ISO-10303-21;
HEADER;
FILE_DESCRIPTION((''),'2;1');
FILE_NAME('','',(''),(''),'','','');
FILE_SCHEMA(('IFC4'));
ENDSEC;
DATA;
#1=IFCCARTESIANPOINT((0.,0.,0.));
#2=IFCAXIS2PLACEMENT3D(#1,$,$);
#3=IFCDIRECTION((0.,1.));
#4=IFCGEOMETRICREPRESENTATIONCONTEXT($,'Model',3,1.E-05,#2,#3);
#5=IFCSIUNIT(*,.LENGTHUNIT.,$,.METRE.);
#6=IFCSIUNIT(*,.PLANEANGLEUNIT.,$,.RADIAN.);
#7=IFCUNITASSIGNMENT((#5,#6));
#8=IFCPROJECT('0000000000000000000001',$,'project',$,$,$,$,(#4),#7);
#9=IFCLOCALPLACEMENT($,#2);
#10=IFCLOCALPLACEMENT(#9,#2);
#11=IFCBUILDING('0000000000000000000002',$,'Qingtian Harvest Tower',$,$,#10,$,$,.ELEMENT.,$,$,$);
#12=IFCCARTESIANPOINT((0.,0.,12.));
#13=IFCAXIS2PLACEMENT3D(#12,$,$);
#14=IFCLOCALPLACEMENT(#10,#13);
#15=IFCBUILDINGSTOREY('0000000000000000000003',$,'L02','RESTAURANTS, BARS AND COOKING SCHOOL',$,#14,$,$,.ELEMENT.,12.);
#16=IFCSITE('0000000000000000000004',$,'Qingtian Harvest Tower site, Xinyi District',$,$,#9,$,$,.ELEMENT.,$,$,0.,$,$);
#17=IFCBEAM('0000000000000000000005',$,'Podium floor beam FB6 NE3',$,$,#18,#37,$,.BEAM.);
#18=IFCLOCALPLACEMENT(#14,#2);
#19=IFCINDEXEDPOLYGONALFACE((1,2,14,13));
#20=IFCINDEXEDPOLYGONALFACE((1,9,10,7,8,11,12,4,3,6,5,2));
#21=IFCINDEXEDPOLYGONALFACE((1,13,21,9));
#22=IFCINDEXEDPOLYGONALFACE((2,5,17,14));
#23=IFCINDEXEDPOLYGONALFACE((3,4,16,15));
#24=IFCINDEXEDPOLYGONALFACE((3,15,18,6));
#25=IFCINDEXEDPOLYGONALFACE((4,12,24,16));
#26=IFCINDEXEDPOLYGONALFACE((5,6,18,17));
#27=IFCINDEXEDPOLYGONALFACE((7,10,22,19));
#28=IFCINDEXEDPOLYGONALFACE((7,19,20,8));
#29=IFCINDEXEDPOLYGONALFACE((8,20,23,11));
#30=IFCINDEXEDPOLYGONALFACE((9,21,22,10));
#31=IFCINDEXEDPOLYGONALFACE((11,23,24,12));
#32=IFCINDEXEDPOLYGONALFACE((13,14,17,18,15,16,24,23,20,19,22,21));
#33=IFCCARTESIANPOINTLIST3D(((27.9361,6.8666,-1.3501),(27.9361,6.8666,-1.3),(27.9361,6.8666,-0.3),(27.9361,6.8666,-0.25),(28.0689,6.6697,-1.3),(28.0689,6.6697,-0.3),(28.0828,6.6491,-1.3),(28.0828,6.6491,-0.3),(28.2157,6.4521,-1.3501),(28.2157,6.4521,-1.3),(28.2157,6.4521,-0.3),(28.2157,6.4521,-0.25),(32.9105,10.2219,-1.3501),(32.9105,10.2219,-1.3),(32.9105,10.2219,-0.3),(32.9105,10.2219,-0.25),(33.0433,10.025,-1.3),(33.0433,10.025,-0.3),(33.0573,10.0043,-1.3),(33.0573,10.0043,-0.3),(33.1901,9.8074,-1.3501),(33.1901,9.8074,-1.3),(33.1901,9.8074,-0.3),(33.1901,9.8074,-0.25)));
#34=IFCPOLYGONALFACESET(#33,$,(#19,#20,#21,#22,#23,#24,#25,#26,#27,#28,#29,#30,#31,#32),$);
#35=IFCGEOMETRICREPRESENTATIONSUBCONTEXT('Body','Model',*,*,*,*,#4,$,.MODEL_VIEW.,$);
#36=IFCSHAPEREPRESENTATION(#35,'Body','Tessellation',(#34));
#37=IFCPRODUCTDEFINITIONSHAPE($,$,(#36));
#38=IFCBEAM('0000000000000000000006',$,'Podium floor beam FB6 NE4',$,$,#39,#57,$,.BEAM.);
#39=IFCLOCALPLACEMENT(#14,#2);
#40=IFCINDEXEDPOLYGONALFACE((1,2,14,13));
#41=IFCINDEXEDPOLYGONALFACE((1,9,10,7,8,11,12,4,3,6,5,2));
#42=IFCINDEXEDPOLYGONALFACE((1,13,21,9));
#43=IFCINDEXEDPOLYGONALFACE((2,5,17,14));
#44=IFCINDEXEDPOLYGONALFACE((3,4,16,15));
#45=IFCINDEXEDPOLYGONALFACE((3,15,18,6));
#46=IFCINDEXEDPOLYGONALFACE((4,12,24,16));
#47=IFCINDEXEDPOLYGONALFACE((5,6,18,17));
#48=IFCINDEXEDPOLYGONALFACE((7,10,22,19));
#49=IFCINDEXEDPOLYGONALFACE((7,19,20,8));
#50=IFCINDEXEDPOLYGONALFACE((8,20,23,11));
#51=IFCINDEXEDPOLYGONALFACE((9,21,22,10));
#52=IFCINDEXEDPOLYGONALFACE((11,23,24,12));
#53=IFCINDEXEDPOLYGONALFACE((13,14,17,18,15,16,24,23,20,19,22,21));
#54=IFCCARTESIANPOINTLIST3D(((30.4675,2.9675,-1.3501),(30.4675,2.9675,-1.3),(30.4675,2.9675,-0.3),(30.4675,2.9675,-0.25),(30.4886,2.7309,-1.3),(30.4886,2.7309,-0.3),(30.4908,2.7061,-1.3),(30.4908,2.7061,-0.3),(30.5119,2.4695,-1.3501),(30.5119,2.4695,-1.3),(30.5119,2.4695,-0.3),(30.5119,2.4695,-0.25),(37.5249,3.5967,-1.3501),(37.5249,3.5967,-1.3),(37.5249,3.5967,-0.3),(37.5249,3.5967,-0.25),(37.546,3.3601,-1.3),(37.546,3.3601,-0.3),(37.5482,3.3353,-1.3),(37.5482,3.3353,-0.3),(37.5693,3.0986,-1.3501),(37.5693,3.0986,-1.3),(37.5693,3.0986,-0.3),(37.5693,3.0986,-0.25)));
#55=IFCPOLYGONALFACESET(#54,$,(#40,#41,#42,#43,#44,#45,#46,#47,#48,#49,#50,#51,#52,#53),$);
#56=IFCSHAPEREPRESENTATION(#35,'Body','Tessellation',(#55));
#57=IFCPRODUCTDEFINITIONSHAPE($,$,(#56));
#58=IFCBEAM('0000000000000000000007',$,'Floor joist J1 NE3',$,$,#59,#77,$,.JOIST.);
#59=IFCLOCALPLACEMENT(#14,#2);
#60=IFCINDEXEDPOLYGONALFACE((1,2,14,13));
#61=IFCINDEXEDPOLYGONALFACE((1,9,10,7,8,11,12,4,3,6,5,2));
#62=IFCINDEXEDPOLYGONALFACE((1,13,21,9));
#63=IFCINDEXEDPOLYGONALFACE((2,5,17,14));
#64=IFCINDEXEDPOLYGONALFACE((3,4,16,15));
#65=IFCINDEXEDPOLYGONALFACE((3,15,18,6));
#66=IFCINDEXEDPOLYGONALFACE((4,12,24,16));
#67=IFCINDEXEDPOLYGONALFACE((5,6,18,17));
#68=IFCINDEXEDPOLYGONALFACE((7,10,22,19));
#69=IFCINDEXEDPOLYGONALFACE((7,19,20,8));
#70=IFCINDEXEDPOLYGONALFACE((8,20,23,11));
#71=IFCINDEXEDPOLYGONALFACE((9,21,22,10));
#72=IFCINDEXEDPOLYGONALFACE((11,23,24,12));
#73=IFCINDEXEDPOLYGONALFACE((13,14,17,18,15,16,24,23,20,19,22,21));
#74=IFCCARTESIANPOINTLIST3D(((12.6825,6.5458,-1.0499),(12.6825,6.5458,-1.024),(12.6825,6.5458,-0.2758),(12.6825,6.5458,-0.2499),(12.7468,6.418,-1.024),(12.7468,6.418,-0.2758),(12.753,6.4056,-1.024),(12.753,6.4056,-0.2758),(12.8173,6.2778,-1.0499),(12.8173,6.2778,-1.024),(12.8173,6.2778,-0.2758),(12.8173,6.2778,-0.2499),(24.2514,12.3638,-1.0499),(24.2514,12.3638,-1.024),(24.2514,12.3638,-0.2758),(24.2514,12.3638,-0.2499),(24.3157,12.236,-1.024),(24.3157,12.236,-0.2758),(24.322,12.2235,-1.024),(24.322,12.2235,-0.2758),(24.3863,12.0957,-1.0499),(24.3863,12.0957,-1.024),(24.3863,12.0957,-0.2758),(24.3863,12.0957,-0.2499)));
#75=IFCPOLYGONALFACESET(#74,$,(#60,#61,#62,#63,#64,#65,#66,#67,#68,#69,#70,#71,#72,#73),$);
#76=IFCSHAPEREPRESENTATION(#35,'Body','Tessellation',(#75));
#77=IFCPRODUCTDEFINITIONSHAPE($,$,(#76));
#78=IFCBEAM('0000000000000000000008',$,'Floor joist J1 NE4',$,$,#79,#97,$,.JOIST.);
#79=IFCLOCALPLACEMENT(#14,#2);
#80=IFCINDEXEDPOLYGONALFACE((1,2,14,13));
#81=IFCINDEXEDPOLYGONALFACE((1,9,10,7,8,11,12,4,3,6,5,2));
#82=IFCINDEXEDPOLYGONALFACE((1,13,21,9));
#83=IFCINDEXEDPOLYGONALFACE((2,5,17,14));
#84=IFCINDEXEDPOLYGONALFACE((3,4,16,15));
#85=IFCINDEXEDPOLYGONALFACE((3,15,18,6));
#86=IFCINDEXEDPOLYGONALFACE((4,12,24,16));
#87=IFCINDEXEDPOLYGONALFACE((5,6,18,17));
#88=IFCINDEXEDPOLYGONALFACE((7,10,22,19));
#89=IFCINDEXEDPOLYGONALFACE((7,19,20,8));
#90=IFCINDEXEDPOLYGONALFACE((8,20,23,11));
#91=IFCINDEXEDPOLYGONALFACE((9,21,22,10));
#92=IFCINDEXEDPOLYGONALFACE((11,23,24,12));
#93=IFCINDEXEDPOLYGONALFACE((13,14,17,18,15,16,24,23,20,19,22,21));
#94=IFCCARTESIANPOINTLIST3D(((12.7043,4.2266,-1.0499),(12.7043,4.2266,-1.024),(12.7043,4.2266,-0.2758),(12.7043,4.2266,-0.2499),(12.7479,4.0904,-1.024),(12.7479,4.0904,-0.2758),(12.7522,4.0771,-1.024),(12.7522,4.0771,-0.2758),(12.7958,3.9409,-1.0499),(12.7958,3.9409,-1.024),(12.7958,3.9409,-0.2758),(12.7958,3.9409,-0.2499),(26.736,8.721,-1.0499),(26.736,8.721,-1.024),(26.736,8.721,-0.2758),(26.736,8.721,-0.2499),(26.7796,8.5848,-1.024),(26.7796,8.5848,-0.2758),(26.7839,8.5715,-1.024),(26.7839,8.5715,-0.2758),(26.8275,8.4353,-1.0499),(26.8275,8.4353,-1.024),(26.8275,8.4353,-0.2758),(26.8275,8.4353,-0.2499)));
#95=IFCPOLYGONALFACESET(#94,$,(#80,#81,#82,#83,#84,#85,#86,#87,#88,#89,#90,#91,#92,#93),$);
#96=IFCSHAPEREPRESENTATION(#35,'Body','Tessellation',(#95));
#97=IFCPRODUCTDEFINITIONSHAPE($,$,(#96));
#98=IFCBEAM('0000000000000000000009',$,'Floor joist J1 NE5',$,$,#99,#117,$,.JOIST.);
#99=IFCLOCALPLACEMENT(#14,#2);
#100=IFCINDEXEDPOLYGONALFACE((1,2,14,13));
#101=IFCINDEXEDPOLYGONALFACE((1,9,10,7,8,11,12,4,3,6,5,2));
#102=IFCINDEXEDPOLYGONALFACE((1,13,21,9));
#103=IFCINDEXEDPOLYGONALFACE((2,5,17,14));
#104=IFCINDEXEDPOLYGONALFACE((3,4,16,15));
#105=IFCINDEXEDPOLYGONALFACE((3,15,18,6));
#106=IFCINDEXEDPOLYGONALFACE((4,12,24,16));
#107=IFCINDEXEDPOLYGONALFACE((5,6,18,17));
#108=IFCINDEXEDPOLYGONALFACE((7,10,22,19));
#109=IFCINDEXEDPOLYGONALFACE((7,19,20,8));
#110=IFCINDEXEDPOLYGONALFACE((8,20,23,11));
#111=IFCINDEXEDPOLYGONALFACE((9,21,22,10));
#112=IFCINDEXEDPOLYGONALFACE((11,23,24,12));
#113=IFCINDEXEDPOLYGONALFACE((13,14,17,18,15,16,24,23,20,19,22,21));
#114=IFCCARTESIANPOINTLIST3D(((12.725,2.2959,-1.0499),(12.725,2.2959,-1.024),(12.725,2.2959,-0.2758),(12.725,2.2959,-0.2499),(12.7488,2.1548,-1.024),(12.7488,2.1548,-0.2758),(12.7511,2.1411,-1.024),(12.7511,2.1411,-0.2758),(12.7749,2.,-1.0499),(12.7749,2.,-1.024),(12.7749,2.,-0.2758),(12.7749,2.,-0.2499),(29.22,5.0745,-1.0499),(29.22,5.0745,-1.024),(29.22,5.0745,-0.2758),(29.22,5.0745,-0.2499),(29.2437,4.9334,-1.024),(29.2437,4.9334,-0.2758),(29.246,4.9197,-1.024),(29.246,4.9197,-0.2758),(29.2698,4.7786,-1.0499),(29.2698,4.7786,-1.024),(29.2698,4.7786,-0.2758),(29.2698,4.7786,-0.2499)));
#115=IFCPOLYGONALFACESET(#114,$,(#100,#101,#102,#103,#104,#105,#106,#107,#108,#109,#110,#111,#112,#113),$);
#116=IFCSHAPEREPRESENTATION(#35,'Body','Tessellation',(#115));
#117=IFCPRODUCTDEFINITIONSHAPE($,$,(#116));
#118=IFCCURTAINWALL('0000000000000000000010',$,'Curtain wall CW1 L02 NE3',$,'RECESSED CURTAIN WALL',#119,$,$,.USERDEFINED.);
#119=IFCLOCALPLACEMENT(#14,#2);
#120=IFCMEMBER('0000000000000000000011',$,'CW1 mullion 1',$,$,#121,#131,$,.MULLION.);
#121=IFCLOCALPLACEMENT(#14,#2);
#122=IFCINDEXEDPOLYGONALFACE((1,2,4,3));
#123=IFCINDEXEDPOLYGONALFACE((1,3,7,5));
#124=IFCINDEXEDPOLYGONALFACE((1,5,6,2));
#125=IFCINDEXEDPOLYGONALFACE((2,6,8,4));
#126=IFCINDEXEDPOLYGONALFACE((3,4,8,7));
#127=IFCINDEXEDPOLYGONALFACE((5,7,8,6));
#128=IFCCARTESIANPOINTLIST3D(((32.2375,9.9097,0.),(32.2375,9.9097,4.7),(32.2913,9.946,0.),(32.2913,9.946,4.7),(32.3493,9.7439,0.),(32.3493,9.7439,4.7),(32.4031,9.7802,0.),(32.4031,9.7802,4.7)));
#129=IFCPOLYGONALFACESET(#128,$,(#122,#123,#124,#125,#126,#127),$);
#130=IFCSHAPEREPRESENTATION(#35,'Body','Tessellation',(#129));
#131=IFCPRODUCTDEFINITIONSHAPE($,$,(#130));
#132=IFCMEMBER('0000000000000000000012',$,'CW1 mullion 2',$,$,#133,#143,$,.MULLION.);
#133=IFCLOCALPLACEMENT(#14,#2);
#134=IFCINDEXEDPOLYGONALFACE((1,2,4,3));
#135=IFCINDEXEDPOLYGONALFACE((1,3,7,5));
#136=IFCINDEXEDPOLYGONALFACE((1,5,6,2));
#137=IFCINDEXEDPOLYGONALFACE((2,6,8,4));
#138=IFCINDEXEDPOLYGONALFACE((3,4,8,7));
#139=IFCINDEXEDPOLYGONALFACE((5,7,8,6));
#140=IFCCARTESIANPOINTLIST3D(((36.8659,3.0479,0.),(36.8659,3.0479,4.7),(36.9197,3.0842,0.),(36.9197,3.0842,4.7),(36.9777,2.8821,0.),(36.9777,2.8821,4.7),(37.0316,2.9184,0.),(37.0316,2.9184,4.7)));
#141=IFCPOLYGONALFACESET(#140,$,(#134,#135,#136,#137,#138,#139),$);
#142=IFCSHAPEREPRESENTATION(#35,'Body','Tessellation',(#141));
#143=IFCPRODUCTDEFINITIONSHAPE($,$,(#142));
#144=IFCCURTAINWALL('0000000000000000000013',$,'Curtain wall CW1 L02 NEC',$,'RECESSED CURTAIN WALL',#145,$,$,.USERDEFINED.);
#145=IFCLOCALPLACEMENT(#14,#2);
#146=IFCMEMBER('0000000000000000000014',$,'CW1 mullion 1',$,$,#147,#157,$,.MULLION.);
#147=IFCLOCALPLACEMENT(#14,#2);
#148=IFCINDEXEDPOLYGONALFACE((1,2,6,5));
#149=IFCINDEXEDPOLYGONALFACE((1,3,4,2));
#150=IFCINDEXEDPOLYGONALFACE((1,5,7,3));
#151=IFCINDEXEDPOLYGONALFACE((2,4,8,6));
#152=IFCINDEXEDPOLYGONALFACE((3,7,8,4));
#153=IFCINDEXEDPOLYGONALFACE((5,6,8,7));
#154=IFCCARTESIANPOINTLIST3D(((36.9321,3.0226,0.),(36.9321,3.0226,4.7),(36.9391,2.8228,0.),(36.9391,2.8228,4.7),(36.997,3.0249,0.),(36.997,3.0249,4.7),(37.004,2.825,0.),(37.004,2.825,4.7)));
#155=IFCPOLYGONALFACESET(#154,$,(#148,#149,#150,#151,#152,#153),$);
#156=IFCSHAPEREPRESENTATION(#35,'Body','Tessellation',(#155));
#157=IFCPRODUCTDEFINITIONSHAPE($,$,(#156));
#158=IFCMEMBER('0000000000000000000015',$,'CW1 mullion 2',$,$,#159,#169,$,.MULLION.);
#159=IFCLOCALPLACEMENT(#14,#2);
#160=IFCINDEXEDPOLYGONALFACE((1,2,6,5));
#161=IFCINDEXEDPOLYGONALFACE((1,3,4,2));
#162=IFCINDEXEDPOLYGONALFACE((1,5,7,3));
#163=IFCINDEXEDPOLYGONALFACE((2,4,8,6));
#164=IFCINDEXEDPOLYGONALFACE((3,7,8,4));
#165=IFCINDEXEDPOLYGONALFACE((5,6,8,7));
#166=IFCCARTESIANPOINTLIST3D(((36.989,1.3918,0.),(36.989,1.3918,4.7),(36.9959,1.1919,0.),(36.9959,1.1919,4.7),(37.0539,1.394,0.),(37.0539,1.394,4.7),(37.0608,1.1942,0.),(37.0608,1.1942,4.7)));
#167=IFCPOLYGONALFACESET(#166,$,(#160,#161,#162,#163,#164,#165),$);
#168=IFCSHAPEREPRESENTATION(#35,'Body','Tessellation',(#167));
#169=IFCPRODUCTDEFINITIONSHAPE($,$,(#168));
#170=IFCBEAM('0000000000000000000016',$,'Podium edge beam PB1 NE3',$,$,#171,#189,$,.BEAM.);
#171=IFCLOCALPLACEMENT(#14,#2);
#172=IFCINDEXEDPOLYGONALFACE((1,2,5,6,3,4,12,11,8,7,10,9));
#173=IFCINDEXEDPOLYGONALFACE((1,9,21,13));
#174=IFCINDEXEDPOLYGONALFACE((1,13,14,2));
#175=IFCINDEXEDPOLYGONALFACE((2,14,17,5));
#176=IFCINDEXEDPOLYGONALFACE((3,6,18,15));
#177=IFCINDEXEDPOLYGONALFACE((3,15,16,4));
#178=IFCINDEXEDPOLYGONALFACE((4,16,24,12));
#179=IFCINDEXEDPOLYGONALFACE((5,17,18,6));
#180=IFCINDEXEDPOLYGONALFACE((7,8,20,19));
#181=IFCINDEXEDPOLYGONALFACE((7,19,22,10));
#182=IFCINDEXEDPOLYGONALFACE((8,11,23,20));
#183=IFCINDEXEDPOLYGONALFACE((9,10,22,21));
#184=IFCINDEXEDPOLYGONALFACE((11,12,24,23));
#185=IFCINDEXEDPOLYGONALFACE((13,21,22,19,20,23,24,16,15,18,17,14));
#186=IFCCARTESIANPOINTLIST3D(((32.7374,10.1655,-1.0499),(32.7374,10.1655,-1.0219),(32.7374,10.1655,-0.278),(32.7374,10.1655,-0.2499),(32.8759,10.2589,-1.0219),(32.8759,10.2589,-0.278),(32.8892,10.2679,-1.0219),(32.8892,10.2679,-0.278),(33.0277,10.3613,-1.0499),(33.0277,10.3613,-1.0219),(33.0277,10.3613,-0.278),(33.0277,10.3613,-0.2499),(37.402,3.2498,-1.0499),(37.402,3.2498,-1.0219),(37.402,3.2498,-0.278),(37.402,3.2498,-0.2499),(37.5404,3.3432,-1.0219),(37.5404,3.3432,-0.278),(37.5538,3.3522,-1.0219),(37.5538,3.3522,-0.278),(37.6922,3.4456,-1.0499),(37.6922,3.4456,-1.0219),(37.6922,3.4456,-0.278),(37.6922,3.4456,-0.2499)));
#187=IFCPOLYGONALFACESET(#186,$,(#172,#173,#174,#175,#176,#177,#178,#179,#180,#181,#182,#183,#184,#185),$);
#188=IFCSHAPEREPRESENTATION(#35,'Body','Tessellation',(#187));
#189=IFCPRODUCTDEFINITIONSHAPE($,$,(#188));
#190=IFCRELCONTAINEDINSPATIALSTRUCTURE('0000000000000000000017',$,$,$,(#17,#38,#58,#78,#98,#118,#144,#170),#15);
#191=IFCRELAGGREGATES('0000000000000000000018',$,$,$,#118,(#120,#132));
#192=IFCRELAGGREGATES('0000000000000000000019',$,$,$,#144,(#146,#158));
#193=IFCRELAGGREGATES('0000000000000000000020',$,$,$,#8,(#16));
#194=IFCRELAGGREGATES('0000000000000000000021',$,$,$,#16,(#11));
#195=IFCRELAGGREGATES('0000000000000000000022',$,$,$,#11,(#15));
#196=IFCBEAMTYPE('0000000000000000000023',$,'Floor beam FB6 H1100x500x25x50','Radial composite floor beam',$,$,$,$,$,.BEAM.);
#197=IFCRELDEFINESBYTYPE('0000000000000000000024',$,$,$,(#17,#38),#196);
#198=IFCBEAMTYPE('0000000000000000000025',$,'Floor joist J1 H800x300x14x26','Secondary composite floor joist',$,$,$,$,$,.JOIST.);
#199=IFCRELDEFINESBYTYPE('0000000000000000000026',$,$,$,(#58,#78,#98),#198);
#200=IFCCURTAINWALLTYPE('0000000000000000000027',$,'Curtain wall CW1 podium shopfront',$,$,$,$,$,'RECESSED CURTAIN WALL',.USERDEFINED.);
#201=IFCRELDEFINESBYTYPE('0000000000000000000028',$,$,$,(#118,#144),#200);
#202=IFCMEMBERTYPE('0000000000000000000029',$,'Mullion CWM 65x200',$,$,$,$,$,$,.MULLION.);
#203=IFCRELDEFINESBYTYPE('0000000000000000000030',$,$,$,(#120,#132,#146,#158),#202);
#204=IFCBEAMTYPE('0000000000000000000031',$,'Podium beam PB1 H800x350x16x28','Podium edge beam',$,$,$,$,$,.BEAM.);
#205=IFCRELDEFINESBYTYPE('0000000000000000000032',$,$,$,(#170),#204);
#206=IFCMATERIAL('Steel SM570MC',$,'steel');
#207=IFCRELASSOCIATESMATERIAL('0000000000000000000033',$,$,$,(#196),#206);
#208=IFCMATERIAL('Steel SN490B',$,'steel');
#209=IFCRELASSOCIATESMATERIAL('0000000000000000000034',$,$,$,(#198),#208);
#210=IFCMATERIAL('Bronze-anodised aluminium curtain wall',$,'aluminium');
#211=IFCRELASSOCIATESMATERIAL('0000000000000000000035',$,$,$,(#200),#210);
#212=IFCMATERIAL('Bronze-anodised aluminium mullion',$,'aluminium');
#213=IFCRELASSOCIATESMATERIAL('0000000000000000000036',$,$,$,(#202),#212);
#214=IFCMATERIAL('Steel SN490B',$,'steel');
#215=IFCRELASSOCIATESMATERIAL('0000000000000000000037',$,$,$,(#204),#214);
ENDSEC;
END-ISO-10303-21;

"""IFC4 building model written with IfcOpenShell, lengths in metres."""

from ifc_helpers import new_model, si_unit, direction, frame, origin, origin_2d, place, context, subcontext, project, spatial, rectangle, i_section, extrude, material, material_profile, profile_set, type_object, element, aggregate, save


model = new_model("IFC4")

# Units and contexts
model_context = context("Model", 3, precision=1e-05, world=origin(), true_north=direction((0.0, 1.0)))
body_context = subcontext(model_context, "Body", "Model", "MODEL_VIEW")
ifc_project = project(units=[si_unit("LENGTHUNIT", "METRE"), si_unit("PLANEANGLEUNIT", "RADIAN")], contexts=[model_context])

# Site, building, storey
site_placement = place(None, origin())
site = spatial("IfcSite", under=ifc_project, at=site_placement, Name="Qingtian Harvest Tower site, Xinyi District", CompositionType="ELEMENT", RefElevation=0.0)
building_placement = place(site_placement, origin())
building = spatial("IfcBuilding", under=site, at=building_placement, Name="Qingtian Harvest Tower", CompositionType="ELEMENT")
storey_placement = place(building_placement, frame((0.0, 0.0, 12.0)))
storey = spatial("IfcBuildingStorey", under=building, at=storey_placement, Name="L02", Description="RESTAURANTS, BARS AND COOKING SCHOOL", CompositionType="ELEMENT", Elevation=12.0)

# Beams
ifc_material_1 = material(Name="Steel SM570MC", Category="steel")
ifc_material_profile_1 = material_profile(ifc_material_1, i_section(OverallWidth=0.5, OverallDepth=1.1001, WebThickness=0.0249, FlangeThickness=0.05, at=origin_2d()), Name="H1100x500x25x50")
ifc_profile_set_1 = profile_set([ifc_material_profile_1], Name="Steel SM570MC")
beam_type_1 = type_object("IfcBeamType", Name="Floor beam FB6 H1100x500x25x50", Description="Radial composite floor beam", PredefinedType="BEAM", material=ifc_profile_set_1)
beam_1_placement = place(storey_placement, frame((33.0503, 10.0146, -0.8), z_axis=(-0.82904, -0.55919, 0.0), x_axis=(0.55919, -0.82904, 0.0)))
element("IfcBeam", 1, at=beam_1_placement, inside=storey, type_object=beam_type_1, Name="Podium floor beam FB6 NE3", PredefinedType="BEAM", context=body_context, shape_type="SweptSolid", body=[
    extrude(i_section(OverallWidth=0.5, OverallDepth=1.1001, WebThickness=0.0249, FlangeThickness=0.05, at=origin_2d()), origin(), (0.0, 0.0, 1.0), 6.0002),
])
beam_2_placement = place(storey_placement, frame((37.5471, 3.3477, -0.8), z_axis=(-0.99605, -0.088796, 0.0), x_axis=(0.088796, -0.99605, 0.0)))
element("IfcBeam", 2, at=beam_2_placement, inside=storey, type_object=beam_type_1, Name="Podium floor beam FB6 NE4", PredefinedType="BEAM", context=body_context, shape_type="SweptSolid", body=[
    extrude(i_section(OverallWidth=0.5, OverallDepth=1.1001, WebThickness=0.0249, FlangeThickness=0.05, at=origin_2d()), origin(), (0.0, 0.0, 1.0), 7.0854),
])
ifc_material_2 = material(Name="Steel SN490B", Category="steel")
ifc_material_profile_2 = material_profile(ifc_material_2, i_section(OverallWidth=0.3, OverallDepth=0.8, WebThickness=0.0139, FlangeThickness=0.0259, at=origin_2d()), Name="H800x300x14x26")
ifc_profile_set_2 = profile_set([ifc_material_profile_2], Name="Steel SN490B")
beam_type_2 = type_object("IfcBeamType", Name="Floor joist J1 H800x300x14x26", Description="Secondary composite floor joist", PredefinedType="JOIST", material=ifc_profile_set_2)
beam_3_placement = place(storey_placement, frame((24.3188, 12.2297, -0.6499), z_axis=(-0.893392, -0.449279, 0.0), x_axis=(0.449279, -0.893392, 0.0)))
element("IfcBeam", 3, at=beam_3_placement, inside=storey, type_object=beam_type_2, Name="Floor joist J1 NE3", PredefinedType="JOIST", context=body_context, shape_type="SweptSolid", body=[
    extrude(i_section(OverallWidth=0.3, OverallDepth=0.8, WebThickness=0.0139, FlangeThickness=0.0259, at=origin_2d()), origin(), (0.0, 0.0, 1.0), 12.9495),
])
beam_4_placement = place(storey_placement, frame((26.7817, 8.5781, -0.6499), z_axis=(-0.952341, -0.305036, 0.0), x_axis=(0.305036, -0.952341, 0.0)))
element("IfcBeam", 4, at=beam_4_placement, inside=storey, type_object=beam_type_2, Name="Floor joist J1 NE4", PredefinedType="JOIST", context=body_context, shape_type="SweptSolid", body=[
    extrude(i_section(OverallWidth=0.3, OverallDepth=0.8, WebThickness=0.0139, FlangeThickness=0.0259, at=origin_2d()), origin(), (0.0, 0.0, 1.0), 14.7339),
])
beam_5_placement = place(storey_placement, frame((29.2449, 4.9265, -0.6499), z_axis=(-0.986107, -0.16611, 0.0), x_axis=(0.16611, -0.986107, 0.0)))
element("IfcBeam", 5, at=beam_5_placement, inside=storey, type_object=beam_type_2, Name="Floor joist J1 NE5", PredefinedType="JOIST", context=body_context, shape_type="SweptSolid", body=[
    extrude(i_section(OverallWidth=0.3, OverallDepth=0.8, WebThickness=0.0139, FlangeThickness=0.0259, at=origin_2d()), origin(), (0.0, 0.0, 1.0), 16.7273),
])

# Curtain walls, members
ifc_material_3 = material(Name="Bronze-anodised aluminium curtain wall", Category="aluminium")
curtain_wall_type = type_object("IfcCurtainWallType", Name="Curtain wall CW1 podium shopfront", ElementType="RECESSED CURTAIN WALL", PredefinedType="USERDEFINED", material=ifc_material_3)
curtain_wall_1_placement = place(storey_placement, origin())
curtain_wall_1 = element("IfcCurtainWall", 6, at=curtain_wall_1_placement, inside=storey, type_object=curtain_wall_type, Name="Curtain wall CW1 L02 NE3", ObjectType="RECESSED CURTAIN WALL", PredefinedType="USERDEFINED")
ifc_material_4 = material(Name="Bronze-anodised aluminium mullion", Category="aluminium")
ifc_material_profile_3 = material_profile(ifc_material_4, rectangle(XDim=0.0649, YDim=0.2, at=origin_2d()), Name="AL 65x200")
ifc_profile_set_3 = profile_set([ifc_material_profile_3], Name="Bronze-anodised aluminium mullion")
member_type_1 = type_object("IfcMemberType", Name="Mullion CWM 65x200", PredefinedType="MULLION", material=ifc_profile_set_3)
member_1_placement = place(storey_placement, frame((32.3203, 9.845, 0.0), z_axis=(0.0, 0.0, 1.0), x_axis=(0.829038, 0.559193, 0.0)))
member_1 = element("IfcMember", 7, at=member_1_placement, type_object=member_type_1, Name="CW1 mullion 1", PredefinedType="MULLION", context=body_context, shape_type="SweptSolid", body=[
    extrude(rectangle(XDim=0.0649, YDim=0.2, at=origin_2d()), origin(), (0.0, 0.0, 1.0), 4.7),
])
member_2_placement = place(storey_placement, frame((36.9487, 2.9832, 0.0), z_axis=(0.0, 0.0, 1.0), x_axis=(0.829038, 0.559193, 0.0)))
member_2 = element("IfcMember", 8, at=member_2_placement, type_object=member_type_1, Name="CW1 mullion 2", PredefinedType="MULLION", context=body_context, shape_type="SweptSolid", body=[
    extrude(rectangle(XDim=0.0649, YDim=0.2, at=origin_2d()), origin(), (0.0, 0.0, 1.0), 4.7),
])
curtain_wall_2_placement = place(storey_placement, origin())
curtain_wall_2 = element("IfcCurtainWall", 9, at=curtain_wall_2_placement, inside=storey, type_object=curtain_wall_type, Name="Curtain wall CW1 L02 NEC", ObjectType="RECESSED CURTAIN WALL", PredefinedType="USERDEFINED")
member_3_placement = place(storey_placement, frame((36.968, 2.9238, 0.0), z_axis=(0.0, 0.0, 1.0), x_axis=(0.999391, 0.034899, 0.0)))
member_3 = element("IfcMember", 10, at=member_3_placement, type_object=member_type_1, Name="CW1 mullion 1", PredefinedType="MULLION", context=body_context, shape_type="SweptSolid", body=[
    extrude(rectangle(XDim=0.0649, YDim=0.2, at=origin_2d()), origin(), (0.0, 0.0, 1.0), 4.7),
])
member_4_placement = place(storey_placement, frame((37.0249, 1.293, 0.0), z_axis=(0.0, 0.0, 1.0), x_axis=(0.999391, 0.034899, 0.0)))
member_4 = element("IfcMember", 11, at=member_4_placement, type_object=member_type_1, Name="CW1 mullion 2", PredefinedType="MULLION", context=body_context, shape_type="SweptSolid", body=[
    extrude(rectangle(XDim=0.0649, YDim=0.2, at=origin_2d()), origin(), (0.0, 0.0, 1.0), 4.7),
])

# Beam
ifc_material_5 = material(Name="Steel SN490B", Category="steel")
ifc_material_profile_4 = material_profile(ifc_material_5, i_section(OverallWidth=0.3501, OverallDepth=0.8, WebThickness=0.0161, FlangeThickness=0.0281, at=origin_2d()), Name="H800x350x16x28")
ifc_profile_set_4 = profile_set([ifc_material_profile_4], Name="Steel SN490B")
beam_type_3 = type_object("IfcBeamType", Name="Podium beam PB1 H800x350x16x28", Description="Podium edge beam", PredefinedType="BEAM", material=ifc_profile_set_4)
beam_6_placement = place(storey_placement, frame((32.8826, 10.2634, -0.6499), z_axis=(0.559177, -0.829048, 0.0), x_axis=(0.829048, 0.559177, 0.0)))
element("IfcBeam", 12, at=beam_6_placement, inside=storey, type_object=beam_type_3, Name="Podium edge beam PB1 NE3", PredefinedType="BEAM", context=body_context, shape_type="SweptSolid", body=[
    extrude(i_section(OverallWidth=0.3501, OverallDepth=0.8, WebThickness=0.0161, FlangeThickness=0.0281, at=origin_2d()), origin(), (0.0, 0.0, 1.0), 8.3418),
])

aggregate(curtain_wall_1, [member_1, member_2])
aggregate(curtain_wall_2, [member_3, member_4])

save(model, "model.ifc")
